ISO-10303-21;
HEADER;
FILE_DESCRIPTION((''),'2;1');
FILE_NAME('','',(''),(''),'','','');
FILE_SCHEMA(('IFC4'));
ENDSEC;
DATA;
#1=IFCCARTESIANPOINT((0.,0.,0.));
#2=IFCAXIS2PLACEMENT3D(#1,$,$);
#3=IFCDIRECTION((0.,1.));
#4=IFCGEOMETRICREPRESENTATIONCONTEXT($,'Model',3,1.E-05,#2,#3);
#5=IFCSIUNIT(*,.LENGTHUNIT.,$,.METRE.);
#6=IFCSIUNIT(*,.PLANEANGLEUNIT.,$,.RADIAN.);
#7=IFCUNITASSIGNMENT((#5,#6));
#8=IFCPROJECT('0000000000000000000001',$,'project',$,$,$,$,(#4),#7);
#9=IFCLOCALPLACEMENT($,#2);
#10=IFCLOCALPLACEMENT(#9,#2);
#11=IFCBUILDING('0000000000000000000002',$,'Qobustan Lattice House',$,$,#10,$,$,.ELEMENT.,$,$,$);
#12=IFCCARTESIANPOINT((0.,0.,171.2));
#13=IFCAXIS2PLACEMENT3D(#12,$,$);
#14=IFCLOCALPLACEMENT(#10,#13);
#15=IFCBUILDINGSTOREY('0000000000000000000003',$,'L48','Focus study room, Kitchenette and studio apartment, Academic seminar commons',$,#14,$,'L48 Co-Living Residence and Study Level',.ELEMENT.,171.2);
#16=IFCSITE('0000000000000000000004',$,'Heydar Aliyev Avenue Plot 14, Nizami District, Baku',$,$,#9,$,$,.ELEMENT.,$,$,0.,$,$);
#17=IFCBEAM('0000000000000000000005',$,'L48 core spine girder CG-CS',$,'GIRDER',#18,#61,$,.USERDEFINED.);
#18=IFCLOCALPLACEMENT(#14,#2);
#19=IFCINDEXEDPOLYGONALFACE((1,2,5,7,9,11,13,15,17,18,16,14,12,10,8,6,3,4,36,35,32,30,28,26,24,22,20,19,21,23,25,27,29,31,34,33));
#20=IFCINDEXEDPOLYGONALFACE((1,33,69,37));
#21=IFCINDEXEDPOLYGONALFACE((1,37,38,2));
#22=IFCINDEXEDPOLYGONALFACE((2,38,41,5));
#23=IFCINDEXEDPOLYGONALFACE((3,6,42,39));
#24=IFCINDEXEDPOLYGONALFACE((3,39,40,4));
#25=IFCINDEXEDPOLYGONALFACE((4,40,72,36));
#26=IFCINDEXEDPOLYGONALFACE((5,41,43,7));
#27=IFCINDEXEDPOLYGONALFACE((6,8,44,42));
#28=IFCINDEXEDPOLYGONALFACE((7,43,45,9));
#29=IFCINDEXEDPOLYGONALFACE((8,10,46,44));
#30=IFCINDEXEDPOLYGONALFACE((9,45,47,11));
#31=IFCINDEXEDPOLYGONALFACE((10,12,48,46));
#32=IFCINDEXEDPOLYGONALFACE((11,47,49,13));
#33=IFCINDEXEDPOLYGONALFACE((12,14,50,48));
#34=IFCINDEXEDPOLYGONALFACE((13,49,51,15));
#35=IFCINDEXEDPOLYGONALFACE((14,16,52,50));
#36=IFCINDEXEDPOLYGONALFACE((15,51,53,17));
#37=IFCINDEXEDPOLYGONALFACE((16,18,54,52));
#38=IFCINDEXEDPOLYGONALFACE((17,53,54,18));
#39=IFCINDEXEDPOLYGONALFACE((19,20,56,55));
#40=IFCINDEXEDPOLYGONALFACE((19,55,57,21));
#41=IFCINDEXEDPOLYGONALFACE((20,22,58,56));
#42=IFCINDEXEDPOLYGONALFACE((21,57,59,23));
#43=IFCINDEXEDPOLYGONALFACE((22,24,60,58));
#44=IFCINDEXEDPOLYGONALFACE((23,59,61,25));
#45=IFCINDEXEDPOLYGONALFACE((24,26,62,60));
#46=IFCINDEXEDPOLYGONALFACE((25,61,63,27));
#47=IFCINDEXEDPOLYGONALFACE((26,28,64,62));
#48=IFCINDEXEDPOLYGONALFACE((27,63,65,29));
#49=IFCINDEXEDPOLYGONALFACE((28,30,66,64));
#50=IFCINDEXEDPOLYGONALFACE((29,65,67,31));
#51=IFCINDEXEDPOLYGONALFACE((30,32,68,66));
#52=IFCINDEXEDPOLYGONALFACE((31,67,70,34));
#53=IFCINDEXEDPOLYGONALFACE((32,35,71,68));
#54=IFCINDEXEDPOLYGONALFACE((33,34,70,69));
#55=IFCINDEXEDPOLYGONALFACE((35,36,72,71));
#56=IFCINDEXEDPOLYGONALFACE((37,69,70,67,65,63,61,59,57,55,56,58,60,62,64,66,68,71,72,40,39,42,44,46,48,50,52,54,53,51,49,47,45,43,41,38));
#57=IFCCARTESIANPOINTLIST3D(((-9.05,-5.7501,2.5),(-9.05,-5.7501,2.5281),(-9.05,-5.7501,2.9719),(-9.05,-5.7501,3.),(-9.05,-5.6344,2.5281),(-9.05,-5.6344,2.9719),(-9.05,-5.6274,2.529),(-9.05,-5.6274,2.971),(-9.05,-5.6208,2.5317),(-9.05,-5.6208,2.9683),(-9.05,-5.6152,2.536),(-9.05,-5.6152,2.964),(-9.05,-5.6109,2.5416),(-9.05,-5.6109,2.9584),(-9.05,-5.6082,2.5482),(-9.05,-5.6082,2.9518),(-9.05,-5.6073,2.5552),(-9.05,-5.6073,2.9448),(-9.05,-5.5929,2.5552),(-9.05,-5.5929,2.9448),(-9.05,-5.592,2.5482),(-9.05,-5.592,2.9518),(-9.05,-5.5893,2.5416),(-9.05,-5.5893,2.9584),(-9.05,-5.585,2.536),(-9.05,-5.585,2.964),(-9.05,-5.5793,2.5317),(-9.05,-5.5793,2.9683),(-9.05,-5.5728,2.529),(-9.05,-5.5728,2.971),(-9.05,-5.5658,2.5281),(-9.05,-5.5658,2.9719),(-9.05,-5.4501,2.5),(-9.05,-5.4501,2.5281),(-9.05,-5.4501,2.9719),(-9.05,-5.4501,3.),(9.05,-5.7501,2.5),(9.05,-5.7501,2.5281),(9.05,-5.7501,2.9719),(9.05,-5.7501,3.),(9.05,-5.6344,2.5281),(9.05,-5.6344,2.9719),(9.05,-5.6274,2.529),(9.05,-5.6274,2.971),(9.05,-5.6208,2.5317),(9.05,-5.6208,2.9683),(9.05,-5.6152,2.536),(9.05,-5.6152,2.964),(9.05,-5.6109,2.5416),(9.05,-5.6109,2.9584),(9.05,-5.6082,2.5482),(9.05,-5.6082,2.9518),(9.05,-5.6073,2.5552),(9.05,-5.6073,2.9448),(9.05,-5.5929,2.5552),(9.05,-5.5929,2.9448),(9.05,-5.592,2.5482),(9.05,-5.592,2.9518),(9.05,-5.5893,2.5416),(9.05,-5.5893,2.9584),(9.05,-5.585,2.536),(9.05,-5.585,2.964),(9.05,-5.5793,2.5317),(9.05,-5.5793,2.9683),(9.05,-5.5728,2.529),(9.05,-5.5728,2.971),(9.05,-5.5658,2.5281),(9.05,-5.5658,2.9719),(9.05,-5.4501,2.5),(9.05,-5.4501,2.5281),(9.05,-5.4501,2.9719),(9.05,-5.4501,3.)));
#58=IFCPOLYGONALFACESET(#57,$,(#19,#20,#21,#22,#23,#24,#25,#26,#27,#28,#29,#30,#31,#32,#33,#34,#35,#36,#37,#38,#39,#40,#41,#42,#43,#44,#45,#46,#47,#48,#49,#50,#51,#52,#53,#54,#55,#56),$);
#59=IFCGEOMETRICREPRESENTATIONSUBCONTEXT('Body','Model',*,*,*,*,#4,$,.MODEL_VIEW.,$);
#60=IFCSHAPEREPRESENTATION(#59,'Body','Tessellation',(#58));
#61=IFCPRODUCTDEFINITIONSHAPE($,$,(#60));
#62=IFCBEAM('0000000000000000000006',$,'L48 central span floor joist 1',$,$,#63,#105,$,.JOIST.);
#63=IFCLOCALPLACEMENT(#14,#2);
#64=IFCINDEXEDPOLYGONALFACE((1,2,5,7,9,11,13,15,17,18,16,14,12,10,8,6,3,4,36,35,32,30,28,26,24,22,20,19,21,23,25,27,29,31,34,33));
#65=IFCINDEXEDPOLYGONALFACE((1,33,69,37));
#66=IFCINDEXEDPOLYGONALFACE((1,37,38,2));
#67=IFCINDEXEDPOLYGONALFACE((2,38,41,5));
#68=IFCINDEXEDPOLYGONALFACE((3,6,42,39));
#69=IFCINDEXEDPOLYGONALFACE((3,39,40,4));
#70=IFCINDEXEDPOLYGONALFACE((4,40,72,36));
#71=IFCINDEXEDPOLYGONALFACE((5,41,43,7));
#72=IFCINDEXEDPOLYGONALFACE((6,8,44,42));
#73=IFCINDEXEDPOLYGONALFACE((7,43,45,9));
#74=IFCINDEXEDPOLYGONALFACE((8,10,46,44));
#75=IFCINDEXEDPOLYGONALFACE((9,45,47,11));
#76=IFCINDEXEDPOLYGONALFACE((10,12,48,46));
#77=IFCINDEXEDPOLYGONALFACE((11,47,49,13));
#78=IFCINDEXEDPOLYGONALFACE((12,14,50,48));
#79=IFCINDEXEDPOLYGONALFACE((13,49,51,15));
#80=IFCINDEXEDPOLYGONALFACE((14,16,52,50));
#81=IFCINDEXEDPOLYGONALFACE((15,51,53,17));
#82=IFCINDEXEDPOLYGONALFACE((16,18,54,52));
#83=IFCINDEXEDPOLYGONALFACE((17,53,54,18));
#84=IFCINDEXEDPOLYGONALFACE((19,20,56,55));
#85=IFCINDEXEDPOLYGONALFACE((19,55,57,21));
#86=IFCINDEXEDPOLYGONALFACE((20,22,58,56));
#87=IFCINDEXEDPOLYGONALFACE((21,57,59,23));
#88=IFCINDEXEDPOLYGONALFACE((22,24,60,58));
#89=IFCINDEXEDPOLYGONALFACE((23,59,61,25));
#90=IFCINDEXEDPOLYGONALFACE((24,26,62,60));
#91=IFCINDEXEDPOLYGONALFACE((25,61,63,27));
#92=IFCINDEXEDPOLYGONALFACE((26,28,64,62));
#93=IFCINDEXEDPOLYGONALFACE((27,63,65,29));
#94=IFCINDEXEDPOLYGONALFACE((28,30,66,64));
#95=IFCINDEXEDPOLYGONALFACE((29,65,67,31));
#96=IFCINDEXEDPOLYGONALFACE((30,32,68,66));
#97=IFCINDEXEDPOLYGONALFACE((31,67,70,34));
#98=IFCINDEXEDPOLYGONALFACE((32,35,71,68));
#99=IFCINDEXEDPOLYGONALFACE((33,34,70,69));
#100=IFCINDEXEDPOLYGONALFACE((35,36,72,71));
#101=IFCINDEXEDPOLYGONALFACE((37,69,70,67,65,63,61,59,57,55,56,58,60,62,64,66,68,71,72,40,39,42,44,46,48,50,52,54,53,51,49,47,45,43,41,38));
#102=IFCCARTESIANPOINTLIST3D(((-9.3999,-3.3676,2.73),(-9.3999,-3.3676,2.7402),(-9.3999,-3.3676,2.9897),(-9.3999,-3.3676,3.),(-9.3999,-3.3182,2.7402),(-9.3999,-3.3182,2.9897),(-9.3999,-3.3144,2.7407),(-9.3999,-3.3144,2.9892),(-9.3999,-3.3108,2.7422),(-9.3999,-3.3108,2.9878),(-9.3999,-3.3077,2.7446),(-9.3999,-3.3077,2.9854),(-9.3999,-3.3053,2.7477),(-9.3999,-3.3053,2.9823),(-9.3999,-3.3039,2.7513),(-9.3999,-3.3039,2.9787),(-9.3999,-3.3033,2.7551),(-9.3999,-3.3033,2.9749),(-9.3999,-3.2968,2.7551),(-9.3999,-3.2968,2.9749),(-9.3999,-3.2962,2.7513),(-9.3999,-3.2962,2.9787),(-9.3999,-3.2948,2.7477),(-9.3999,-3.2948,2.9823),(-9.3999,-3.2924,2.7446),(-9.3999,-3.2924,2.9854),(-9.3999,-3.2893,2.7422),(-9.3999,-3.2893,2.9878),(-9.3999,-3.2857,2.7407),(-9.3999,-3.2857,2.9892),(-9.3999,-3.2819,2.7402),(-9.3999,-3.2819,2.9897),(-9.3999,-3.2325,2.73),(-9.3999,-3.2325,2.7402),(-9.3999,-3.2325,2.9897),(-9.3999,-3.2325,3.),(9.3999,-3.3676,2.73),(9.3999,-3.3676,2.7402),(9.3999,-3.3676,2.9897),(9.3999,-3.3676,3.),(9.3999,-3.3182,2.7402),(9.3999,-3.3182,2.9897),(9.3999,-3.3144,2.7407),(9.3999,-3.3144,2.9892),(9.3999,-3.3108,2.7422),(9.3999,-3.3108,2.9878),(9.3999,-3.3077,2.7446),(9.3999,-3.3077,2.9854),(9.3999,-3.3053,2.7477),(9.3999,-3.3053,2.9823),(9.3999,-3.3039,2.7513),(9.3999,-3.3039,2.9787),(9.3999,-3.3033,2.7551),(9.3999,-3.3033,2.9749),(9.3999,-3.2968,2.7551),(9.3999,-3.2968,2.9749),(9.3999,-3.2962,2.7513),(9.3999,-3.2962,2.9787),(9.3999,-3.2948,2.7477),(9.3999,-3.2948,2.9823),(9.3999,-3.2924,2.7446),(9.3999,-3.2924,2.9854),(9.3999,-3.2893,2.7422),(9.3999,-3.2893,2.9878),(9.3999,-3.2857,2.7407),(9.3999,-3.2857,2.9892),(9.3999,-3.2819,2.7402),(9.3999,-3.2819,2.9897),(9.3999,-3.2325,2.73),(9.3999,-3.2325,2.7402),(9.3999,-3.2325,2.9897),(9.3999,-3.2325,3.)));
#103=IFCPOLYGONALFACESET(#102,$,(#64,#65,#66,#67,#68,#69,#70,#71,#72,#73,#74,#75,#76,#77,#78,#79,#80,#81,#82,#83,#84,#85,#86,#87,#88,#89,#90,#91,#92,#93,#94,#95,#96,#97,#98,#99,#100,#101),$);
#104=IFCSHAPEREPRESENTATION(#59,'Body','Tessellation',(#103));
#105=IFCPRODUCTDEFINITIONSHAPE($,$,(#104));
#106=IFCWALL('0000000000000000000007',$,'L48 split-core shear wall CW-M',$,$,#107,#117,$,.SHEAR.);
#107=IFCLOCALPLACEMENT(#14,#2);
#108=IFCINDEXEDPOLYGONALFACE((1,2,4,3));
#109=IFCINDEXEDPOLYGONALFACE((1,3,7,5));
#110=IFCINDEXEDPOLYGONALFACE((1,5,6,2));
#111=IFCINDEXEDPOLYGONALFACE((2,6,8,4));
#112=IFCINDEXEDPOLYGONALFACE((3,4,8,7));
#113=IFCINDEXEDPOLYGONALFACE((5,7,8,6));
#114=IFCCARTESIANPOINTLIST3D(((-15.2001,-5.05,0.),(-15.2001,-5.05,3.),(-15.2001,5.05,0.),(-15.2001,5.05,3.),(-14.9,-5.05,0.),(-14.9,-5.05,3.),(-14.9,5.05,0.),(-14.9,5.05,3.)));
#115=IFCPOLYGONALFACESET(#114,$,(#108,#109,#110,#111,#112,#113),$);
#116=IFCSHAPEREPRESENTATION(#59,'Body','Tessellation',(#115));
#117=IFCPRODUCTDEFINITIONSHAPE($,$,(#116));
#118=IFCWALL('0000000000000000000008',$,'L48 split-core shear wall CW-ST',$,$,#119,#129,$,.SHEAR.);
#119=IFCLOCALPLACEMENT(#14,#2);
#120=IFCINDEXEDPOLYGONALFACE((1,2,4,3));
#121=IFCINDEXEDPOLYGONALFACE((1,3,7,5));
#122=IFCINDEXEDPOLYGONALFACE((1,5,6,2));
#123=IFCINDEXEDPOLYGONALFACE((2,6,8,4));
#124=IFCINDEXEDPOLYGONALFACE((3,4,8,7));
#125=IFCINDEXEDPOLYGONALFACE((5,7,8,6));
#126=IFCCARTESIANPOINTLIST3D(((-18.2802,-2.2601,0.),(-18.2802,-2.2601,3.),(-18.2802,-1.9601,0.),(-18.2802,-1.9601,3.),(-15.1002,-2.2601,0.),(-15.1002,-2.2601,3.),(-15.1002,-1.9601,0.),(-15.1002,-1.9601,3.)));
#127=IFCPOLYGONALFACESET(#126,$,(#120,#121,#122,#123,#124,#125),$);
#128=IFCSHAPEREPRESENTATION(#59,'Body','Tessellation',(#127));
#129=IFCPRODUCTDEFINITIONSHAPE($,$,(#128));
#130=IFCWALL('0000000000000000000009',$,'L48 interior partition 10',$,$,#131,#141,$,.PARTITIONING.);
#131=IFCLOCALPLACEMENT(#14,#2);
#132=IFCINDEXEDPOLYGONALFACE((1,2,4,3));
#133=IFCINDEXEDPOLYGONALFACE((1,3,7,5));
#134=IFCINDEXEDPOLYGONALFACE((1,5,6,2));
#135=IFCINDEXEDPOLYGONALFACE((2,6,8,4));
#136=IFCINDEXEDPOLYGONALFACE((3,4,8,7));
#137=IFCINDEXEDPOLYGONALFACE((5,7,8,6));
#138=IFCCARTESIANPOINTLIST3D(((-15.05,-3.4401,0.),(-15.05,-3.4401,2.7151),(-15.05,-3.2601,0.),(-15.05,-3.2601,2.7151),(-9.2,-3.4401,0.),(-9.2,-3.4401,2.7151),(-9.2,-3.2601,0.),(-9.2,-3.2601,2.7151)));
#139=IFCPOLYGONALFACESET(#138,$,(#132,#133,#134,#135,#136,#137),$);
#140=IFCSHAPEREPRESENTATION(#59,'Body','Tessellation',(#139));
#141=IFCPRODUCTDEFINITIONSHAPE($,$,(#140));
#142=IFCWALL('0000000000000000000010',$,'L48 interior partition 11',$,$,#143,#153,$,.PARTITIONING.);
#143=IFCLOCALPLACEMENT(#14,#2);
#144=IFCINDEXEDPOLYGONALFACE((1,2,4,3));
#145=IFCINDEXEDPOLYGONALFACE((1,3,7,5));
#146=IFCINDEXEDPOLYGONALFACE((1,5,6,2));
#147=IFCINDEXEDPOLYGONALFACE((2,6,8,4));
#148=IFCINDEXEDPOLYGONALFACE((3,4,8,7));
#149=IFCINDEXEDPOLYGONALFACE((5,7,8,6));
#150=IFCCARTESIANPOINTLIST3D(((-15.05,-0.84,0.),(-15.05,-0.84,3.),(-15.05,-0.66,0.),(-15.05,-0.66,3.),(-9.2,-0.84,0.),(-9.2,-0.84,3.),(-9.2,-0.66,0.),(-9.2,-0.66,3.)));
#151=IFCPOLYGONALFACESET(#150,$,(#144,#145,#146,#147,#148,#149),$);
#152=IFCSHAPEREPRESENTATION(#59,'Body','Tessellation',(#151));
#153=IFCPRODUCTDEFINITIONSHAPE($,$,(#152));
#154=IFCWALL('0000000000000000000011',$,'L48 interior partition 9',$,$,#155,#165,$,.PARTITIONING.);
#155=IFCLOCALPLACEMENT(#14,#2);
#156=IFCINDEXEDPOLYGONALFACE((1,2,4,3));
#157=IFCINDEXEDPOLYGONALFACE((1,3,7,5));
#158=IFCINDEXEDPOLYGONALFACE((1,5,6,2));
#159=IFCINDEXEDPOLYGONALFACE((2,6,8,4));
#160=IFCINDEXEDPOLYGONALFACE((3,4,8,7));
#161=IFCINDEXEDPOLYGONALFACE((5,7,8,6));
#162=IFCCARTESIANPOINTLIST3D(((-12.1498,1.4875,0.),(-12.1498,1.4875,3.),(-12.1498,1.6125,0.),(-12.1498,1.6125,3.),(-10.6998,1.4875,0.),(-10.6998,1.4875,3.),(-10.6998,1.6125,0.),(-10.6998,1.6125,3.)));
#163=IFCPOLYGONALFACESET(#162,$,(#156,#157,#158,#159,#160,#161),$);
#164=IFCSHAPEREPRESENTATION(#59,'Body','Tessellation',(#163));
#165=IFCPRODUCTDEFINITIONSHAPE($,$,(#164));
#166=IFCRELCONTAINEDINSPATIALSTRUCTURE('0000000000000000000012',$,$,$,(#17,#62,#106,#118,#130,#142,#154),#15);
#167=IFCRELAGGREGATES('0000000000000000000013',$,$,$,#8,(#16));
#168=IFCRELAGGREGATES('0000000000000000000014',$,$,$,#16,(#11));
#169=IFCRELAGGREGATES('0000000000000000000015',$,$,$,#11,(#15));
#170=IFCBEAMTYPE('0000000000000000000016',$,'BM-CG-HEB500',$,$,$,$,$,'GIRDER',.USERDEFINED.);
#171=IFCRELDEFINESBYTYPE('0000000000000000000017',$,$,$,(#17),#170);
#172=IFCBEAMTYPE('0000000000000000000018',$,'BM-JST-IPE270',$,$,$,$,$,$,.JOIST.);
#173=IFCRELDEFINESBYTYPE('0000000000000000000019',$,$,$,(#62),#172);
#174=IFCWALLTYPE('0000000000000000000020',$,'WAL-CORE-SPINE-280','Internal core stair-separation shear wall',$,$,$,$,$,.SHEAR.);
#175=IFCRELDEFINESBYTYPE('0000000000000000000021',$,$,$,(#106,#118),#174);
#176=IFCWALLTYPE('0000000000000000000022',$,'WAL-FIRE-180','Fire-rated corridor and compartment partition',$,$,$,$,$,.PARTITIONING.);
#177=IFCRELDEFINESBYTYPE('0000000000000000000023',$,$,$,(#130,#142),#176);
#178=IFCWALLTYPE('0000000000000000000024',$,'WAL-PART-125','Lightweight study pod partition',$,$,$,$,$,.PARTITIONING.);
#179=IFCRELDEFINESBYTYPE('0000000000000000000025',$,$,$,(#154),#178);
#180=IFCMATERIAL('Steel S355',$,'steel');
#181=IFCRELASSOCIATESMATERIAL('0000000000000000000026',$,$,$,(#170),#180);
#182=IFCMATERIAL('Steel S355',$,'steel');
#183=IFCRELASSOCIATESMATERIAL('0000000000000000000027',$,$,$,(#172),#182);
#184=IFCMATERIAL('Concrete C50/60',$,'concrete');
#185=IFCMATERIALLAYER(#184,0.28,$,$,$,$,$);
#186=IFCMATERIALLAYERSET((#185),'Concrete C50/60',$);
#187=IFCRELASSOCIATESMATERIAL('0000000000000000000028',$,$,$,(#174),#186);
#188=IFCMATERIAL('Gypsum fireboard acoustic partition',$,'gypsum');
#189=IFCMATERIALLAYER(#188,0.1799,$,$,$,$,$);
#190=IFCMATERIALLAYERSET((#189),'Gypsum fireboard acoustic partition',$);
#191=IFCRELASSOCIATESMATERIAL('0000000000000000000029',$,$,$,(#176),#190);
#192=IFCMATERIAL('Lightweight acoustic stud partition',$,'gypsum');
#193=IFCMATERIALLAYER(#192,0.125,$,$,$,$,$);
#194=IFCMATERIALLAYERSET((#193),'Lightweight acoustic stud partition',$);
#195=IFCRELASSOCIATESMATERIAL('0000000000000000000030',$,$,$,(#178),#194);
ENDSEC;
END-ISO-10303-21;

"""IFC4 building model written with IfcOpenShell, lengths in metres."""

from ifc_helpers import new_model, si_unit, direction, frame, frame_2d, origin, origin_2d, place, context, subcontext, project, spatial, rectangle, i_section, extrude, material, layer, layer_set, material_profile, profile_set, type_object, element, save


model = new_model("IFC4")

# Units and contexts
model_context = context("Model", 3, precision=1e-05, world=origin(), true_north=direction((0.0, 1.0)))
body_context = subcontext(model_context, "Body", "Model", "MODEL_VIEW")
ifc_project = project(units=[si_unit("LENGTHUNIT", "METRE"), si_unit("PLANEANGLEUNIT", "RADIAN")], contexts=[model_context])

# Site, building, storey
site_placement = place(None, origin())
site = spatial("IfcSite", under=ifc_project, at=site_placement, Name="Heydar Aliyev Avenue Plot 14, Nizami District, Baku", CompositionType="ELEMENT", RefElevation=0.0)
building_placement = place(site_placement, origin())
building = spatial("IfcBuilding", under=site, at=building_placement, Name="Qobustan Lattice House", CompositionType="ELEMENT")
storey_placement = place(building_placement, frame((0.0, 0.0, 171.2)))
storey = spatial("IfcBuildingStorey", under=building, at=storey_placement, Name="L48", Description="Focus study room, Kitchenette and studio apartment, Academic seminar commons", LongName="L48 Co-Living Residence and Study Level", CompositionType="ELEMENT", Elevation=171.2)

# Beams
ifc_material_1 = material(Name="Steel S355", Category="steel")
ifc_material_profile_1 = material_profile(ifc_material_1, i_section(OverallWidth=0.3, OverallDepth=0.5, WebThickness=0.0144, FlangeThickness=0.0281, FilletRadius=0.0271, at=origin_2d()), Name="HEB500")
ifc_profile_set_1 = profile_set([ifc_material_profile_1], Name="Steel S355")
beam_type_1 = type_object("IfcBeamType", Name="BM-CG-HEB500", ElementType="GIRDER", PredefinedType="USERDEFINED", material=ifc_profile_set_1)
beam_1_placement = place(storey_placement, frame((-9.05, -5.6001, 2.75), z_axis=(1.0, 0.0, 0.0), x_axis=(0.0, 1.0, 0.0)))
element("IfcBeam", 1, at=beam_1_placement, inside=storey, type_object=beam_type_1, Name="L48 core spine girder CG-CS", ObjectType="GIRDER", PredefinedType="USERDEFINED", context=body_context, shape_type="SweptSolid", body=[
    extrude(i_section(OverallWidth=0.3, OverallDepth=0.5, WebThickness=0.0144, FlangeThickness=0.0281, FilletRadius=0.0271, at=origin_2d()), origin(), (0.0, 0.0, 1.0), 18.1001),
])
ifc_material_2 = material(Name="Steel S355", Category="steel")
ifc_material_profile_2 = material_profile(ifc_material_2, i_section(OverallWidth=0.135, OverallDepth=0.27, WebThickness=0.0066, FlangeThickness=0.0103, FilletRadius=0.0149, at=origin_2d()), Name="IPE270")
ifc_profile_set_2 = profile_set([ifc_material_profile_2], Name="Steel S355")
beam_type_2 = type_object("IfcBeamType", Name="BM-JST-IPE270", PredefinedType="JOIST", material=ifc_profile_set_2)
beam_2_placement = place(storey_placement, frame((-9.3999, -3.3, 2.865), z_axis=(1.0, 0.0, 0.0), x_axis=(0.0, 1.0, 0.0)))
element("IfcBeam", 2, at=beam_2_placement, inside=storey, type_object=beam_type_2, Name="L48 central span floor joist 1", PredefinedType="JOIST", context=body_context, shape_type="SweptSolid", body=[
    extrude(i_section(OverallWidth=0.135, OverallDepth=0.27, WebThickness=0.0066, FlangeThickness=0.0103, FilletRadius=0.0149, at=origin_2d()), origin(), (0.0, 0.0, 1.0), 18.7998),
])

# Walls
ifc_material_3 = material(Name="Concrete C50/60", Category="concrete")
ifc_layer_1 = layer(ifc_material_3, 0.28)
ifc_layer_set_1 = layer_set([ifc_layer_1], Name="Concrete C50/60")
wall_type_1 = type_object("IfcWallType", Name="WAL-CORE-SPINE-280", Description="Internal core stair-separation shear wall", PredefinedType="SHEAR", material=ifc_layer_set_1)
wall_1_placement = place(storey_placement, frame((-15.05, -5.05, 0.0), z_axis=(0.0, 0.0, 1.0), x_axis=(0.0, 1.0, 0.0)))
element("IfcWall", 3, at=wall_1_placement, inside=storey, type_object=wall_type_1, Name="L48 split-core shear wall CW-M", PredefinedType="SHEAR", context=body_context, shape_type="SweptSolid", body=[
    extrude(rectangle(XDim=10.1001, YDim=0.3, at=frame_2d((5.05, 0.0))), origin(), (0.0, 0.0, 1.0), 3.0),
])
wall_2_placement = place(storey_placement, frame((-18.28, -2.1101, 0.0), z_axis=(0.0, 0.0, 1.0), x_axis=(1.0, 0.0, 0.0)))
element("IfcWall", 4, at=wall_2_placement, inside=storey, type_object=wall_type_1, Name="L48 split-core shear wall CW-ST", PredefinedType="SHEAR", context=body_context, shape_type="SweptSolid", body=[
    extrude(rectangle(XDim=3.1799, YDim=0.3, at=frame_2d((1.5898, 0.0))), origin(), (0.0, 0.0, 1.0), 3.0),
])
ifc_material_4 = material(Name="Gypsum fireboard acoustic partition", Category="gypsum")
ifc_layer_2 = layer(ifc_material_4, 0.1799)
ifc_layer_set_2 = layer_set([ifc_layer_2], Name="Gypsum fireboard acoustic partition")
wall_type_2 = type_object("IfcWallType", Name="WAL-FIRE-180", Description="Fire-rated corridor and compartment partition", PredefinedType="PARTITIONING", material=ifc_layer_set_2)
wall_3_placement = place(storey_placement, frame((-15.05, -3.3501, 0.0), z_axis=(0.0, 0.0, 1.0), x_axis=(1.0, 0.0, 0.0)))
element("IfcWall", 5, at=wall_3_placement, inside=storey, type_object=wall_type_2, Name="L48 interior partition 10", PredefinedType="PARTITIONING", context=body_context, shape_type="SweptSolid", body=[
    extrude(rectangle(XDim=5.8501, YDim=0.1799, at=frame_2d((2.925, 0.0))), origin(), (0.0, 0.0, 1.0), 2.7151),
])
wall_4_placement = place(storey_placement, frame((-9.2, -0.75, 0.0), z_axis=(0.0, 0.0, 1.0), x_axis=(-1.0, 0.0, 0.0)))
element("IfcWall", 6, at=wall_4_placement, inside=storey, type_object=wall_type_2, Name="L48 interior partition 11", PredefinedType="PARTITIONING", context=body_context, shape_type="SweptSolid", body=[
    extrude(rectangle(XDim=5.8501, YDim=0.1799, at=frame_2d((2.925, 0.0))), origin(), (0.0, 0.0, 1.0), 3.0),
])
ifc_material_5 = material(Name="Lightweight acoustic stud partition", Category="gypsum")
ifc_layer_3 = layer(ifc_material_5, 0.125)
ifc_layer_set_3 = layer_set([ifc_layer_3], Name="Lightweight acoustic stud partition")
wall_type_3 = type_object("IfcWallType", Name="WAL-PART-125", Description="Lightweight study pod partition", PredefinedType="PARTITIONING", material=ifc_layer_set_3)
wall_5_placement = place(storey_placement, frame((-12.1499, 1.55, 0.0), z_axis=(0.0, 0.0, 1.0), x_axis=(1.0, 0.0, 0.0)))
element("IfcWall", 7, at=wall_5_placement, inside=storey, type_object=wall_type_3, Name="L48 interior partition 9", PredefinedType="PARTITIONING", context=body_context, shape_type="SweptSolid", body=[
    extrude(rectangle(XDim=1.45, YDim=0.125, at=frame_2d((0.7251, 0.0))), origin(), (0.0, 0.0, 1.0), 3.0),
])

save(model, "model.ifc")
